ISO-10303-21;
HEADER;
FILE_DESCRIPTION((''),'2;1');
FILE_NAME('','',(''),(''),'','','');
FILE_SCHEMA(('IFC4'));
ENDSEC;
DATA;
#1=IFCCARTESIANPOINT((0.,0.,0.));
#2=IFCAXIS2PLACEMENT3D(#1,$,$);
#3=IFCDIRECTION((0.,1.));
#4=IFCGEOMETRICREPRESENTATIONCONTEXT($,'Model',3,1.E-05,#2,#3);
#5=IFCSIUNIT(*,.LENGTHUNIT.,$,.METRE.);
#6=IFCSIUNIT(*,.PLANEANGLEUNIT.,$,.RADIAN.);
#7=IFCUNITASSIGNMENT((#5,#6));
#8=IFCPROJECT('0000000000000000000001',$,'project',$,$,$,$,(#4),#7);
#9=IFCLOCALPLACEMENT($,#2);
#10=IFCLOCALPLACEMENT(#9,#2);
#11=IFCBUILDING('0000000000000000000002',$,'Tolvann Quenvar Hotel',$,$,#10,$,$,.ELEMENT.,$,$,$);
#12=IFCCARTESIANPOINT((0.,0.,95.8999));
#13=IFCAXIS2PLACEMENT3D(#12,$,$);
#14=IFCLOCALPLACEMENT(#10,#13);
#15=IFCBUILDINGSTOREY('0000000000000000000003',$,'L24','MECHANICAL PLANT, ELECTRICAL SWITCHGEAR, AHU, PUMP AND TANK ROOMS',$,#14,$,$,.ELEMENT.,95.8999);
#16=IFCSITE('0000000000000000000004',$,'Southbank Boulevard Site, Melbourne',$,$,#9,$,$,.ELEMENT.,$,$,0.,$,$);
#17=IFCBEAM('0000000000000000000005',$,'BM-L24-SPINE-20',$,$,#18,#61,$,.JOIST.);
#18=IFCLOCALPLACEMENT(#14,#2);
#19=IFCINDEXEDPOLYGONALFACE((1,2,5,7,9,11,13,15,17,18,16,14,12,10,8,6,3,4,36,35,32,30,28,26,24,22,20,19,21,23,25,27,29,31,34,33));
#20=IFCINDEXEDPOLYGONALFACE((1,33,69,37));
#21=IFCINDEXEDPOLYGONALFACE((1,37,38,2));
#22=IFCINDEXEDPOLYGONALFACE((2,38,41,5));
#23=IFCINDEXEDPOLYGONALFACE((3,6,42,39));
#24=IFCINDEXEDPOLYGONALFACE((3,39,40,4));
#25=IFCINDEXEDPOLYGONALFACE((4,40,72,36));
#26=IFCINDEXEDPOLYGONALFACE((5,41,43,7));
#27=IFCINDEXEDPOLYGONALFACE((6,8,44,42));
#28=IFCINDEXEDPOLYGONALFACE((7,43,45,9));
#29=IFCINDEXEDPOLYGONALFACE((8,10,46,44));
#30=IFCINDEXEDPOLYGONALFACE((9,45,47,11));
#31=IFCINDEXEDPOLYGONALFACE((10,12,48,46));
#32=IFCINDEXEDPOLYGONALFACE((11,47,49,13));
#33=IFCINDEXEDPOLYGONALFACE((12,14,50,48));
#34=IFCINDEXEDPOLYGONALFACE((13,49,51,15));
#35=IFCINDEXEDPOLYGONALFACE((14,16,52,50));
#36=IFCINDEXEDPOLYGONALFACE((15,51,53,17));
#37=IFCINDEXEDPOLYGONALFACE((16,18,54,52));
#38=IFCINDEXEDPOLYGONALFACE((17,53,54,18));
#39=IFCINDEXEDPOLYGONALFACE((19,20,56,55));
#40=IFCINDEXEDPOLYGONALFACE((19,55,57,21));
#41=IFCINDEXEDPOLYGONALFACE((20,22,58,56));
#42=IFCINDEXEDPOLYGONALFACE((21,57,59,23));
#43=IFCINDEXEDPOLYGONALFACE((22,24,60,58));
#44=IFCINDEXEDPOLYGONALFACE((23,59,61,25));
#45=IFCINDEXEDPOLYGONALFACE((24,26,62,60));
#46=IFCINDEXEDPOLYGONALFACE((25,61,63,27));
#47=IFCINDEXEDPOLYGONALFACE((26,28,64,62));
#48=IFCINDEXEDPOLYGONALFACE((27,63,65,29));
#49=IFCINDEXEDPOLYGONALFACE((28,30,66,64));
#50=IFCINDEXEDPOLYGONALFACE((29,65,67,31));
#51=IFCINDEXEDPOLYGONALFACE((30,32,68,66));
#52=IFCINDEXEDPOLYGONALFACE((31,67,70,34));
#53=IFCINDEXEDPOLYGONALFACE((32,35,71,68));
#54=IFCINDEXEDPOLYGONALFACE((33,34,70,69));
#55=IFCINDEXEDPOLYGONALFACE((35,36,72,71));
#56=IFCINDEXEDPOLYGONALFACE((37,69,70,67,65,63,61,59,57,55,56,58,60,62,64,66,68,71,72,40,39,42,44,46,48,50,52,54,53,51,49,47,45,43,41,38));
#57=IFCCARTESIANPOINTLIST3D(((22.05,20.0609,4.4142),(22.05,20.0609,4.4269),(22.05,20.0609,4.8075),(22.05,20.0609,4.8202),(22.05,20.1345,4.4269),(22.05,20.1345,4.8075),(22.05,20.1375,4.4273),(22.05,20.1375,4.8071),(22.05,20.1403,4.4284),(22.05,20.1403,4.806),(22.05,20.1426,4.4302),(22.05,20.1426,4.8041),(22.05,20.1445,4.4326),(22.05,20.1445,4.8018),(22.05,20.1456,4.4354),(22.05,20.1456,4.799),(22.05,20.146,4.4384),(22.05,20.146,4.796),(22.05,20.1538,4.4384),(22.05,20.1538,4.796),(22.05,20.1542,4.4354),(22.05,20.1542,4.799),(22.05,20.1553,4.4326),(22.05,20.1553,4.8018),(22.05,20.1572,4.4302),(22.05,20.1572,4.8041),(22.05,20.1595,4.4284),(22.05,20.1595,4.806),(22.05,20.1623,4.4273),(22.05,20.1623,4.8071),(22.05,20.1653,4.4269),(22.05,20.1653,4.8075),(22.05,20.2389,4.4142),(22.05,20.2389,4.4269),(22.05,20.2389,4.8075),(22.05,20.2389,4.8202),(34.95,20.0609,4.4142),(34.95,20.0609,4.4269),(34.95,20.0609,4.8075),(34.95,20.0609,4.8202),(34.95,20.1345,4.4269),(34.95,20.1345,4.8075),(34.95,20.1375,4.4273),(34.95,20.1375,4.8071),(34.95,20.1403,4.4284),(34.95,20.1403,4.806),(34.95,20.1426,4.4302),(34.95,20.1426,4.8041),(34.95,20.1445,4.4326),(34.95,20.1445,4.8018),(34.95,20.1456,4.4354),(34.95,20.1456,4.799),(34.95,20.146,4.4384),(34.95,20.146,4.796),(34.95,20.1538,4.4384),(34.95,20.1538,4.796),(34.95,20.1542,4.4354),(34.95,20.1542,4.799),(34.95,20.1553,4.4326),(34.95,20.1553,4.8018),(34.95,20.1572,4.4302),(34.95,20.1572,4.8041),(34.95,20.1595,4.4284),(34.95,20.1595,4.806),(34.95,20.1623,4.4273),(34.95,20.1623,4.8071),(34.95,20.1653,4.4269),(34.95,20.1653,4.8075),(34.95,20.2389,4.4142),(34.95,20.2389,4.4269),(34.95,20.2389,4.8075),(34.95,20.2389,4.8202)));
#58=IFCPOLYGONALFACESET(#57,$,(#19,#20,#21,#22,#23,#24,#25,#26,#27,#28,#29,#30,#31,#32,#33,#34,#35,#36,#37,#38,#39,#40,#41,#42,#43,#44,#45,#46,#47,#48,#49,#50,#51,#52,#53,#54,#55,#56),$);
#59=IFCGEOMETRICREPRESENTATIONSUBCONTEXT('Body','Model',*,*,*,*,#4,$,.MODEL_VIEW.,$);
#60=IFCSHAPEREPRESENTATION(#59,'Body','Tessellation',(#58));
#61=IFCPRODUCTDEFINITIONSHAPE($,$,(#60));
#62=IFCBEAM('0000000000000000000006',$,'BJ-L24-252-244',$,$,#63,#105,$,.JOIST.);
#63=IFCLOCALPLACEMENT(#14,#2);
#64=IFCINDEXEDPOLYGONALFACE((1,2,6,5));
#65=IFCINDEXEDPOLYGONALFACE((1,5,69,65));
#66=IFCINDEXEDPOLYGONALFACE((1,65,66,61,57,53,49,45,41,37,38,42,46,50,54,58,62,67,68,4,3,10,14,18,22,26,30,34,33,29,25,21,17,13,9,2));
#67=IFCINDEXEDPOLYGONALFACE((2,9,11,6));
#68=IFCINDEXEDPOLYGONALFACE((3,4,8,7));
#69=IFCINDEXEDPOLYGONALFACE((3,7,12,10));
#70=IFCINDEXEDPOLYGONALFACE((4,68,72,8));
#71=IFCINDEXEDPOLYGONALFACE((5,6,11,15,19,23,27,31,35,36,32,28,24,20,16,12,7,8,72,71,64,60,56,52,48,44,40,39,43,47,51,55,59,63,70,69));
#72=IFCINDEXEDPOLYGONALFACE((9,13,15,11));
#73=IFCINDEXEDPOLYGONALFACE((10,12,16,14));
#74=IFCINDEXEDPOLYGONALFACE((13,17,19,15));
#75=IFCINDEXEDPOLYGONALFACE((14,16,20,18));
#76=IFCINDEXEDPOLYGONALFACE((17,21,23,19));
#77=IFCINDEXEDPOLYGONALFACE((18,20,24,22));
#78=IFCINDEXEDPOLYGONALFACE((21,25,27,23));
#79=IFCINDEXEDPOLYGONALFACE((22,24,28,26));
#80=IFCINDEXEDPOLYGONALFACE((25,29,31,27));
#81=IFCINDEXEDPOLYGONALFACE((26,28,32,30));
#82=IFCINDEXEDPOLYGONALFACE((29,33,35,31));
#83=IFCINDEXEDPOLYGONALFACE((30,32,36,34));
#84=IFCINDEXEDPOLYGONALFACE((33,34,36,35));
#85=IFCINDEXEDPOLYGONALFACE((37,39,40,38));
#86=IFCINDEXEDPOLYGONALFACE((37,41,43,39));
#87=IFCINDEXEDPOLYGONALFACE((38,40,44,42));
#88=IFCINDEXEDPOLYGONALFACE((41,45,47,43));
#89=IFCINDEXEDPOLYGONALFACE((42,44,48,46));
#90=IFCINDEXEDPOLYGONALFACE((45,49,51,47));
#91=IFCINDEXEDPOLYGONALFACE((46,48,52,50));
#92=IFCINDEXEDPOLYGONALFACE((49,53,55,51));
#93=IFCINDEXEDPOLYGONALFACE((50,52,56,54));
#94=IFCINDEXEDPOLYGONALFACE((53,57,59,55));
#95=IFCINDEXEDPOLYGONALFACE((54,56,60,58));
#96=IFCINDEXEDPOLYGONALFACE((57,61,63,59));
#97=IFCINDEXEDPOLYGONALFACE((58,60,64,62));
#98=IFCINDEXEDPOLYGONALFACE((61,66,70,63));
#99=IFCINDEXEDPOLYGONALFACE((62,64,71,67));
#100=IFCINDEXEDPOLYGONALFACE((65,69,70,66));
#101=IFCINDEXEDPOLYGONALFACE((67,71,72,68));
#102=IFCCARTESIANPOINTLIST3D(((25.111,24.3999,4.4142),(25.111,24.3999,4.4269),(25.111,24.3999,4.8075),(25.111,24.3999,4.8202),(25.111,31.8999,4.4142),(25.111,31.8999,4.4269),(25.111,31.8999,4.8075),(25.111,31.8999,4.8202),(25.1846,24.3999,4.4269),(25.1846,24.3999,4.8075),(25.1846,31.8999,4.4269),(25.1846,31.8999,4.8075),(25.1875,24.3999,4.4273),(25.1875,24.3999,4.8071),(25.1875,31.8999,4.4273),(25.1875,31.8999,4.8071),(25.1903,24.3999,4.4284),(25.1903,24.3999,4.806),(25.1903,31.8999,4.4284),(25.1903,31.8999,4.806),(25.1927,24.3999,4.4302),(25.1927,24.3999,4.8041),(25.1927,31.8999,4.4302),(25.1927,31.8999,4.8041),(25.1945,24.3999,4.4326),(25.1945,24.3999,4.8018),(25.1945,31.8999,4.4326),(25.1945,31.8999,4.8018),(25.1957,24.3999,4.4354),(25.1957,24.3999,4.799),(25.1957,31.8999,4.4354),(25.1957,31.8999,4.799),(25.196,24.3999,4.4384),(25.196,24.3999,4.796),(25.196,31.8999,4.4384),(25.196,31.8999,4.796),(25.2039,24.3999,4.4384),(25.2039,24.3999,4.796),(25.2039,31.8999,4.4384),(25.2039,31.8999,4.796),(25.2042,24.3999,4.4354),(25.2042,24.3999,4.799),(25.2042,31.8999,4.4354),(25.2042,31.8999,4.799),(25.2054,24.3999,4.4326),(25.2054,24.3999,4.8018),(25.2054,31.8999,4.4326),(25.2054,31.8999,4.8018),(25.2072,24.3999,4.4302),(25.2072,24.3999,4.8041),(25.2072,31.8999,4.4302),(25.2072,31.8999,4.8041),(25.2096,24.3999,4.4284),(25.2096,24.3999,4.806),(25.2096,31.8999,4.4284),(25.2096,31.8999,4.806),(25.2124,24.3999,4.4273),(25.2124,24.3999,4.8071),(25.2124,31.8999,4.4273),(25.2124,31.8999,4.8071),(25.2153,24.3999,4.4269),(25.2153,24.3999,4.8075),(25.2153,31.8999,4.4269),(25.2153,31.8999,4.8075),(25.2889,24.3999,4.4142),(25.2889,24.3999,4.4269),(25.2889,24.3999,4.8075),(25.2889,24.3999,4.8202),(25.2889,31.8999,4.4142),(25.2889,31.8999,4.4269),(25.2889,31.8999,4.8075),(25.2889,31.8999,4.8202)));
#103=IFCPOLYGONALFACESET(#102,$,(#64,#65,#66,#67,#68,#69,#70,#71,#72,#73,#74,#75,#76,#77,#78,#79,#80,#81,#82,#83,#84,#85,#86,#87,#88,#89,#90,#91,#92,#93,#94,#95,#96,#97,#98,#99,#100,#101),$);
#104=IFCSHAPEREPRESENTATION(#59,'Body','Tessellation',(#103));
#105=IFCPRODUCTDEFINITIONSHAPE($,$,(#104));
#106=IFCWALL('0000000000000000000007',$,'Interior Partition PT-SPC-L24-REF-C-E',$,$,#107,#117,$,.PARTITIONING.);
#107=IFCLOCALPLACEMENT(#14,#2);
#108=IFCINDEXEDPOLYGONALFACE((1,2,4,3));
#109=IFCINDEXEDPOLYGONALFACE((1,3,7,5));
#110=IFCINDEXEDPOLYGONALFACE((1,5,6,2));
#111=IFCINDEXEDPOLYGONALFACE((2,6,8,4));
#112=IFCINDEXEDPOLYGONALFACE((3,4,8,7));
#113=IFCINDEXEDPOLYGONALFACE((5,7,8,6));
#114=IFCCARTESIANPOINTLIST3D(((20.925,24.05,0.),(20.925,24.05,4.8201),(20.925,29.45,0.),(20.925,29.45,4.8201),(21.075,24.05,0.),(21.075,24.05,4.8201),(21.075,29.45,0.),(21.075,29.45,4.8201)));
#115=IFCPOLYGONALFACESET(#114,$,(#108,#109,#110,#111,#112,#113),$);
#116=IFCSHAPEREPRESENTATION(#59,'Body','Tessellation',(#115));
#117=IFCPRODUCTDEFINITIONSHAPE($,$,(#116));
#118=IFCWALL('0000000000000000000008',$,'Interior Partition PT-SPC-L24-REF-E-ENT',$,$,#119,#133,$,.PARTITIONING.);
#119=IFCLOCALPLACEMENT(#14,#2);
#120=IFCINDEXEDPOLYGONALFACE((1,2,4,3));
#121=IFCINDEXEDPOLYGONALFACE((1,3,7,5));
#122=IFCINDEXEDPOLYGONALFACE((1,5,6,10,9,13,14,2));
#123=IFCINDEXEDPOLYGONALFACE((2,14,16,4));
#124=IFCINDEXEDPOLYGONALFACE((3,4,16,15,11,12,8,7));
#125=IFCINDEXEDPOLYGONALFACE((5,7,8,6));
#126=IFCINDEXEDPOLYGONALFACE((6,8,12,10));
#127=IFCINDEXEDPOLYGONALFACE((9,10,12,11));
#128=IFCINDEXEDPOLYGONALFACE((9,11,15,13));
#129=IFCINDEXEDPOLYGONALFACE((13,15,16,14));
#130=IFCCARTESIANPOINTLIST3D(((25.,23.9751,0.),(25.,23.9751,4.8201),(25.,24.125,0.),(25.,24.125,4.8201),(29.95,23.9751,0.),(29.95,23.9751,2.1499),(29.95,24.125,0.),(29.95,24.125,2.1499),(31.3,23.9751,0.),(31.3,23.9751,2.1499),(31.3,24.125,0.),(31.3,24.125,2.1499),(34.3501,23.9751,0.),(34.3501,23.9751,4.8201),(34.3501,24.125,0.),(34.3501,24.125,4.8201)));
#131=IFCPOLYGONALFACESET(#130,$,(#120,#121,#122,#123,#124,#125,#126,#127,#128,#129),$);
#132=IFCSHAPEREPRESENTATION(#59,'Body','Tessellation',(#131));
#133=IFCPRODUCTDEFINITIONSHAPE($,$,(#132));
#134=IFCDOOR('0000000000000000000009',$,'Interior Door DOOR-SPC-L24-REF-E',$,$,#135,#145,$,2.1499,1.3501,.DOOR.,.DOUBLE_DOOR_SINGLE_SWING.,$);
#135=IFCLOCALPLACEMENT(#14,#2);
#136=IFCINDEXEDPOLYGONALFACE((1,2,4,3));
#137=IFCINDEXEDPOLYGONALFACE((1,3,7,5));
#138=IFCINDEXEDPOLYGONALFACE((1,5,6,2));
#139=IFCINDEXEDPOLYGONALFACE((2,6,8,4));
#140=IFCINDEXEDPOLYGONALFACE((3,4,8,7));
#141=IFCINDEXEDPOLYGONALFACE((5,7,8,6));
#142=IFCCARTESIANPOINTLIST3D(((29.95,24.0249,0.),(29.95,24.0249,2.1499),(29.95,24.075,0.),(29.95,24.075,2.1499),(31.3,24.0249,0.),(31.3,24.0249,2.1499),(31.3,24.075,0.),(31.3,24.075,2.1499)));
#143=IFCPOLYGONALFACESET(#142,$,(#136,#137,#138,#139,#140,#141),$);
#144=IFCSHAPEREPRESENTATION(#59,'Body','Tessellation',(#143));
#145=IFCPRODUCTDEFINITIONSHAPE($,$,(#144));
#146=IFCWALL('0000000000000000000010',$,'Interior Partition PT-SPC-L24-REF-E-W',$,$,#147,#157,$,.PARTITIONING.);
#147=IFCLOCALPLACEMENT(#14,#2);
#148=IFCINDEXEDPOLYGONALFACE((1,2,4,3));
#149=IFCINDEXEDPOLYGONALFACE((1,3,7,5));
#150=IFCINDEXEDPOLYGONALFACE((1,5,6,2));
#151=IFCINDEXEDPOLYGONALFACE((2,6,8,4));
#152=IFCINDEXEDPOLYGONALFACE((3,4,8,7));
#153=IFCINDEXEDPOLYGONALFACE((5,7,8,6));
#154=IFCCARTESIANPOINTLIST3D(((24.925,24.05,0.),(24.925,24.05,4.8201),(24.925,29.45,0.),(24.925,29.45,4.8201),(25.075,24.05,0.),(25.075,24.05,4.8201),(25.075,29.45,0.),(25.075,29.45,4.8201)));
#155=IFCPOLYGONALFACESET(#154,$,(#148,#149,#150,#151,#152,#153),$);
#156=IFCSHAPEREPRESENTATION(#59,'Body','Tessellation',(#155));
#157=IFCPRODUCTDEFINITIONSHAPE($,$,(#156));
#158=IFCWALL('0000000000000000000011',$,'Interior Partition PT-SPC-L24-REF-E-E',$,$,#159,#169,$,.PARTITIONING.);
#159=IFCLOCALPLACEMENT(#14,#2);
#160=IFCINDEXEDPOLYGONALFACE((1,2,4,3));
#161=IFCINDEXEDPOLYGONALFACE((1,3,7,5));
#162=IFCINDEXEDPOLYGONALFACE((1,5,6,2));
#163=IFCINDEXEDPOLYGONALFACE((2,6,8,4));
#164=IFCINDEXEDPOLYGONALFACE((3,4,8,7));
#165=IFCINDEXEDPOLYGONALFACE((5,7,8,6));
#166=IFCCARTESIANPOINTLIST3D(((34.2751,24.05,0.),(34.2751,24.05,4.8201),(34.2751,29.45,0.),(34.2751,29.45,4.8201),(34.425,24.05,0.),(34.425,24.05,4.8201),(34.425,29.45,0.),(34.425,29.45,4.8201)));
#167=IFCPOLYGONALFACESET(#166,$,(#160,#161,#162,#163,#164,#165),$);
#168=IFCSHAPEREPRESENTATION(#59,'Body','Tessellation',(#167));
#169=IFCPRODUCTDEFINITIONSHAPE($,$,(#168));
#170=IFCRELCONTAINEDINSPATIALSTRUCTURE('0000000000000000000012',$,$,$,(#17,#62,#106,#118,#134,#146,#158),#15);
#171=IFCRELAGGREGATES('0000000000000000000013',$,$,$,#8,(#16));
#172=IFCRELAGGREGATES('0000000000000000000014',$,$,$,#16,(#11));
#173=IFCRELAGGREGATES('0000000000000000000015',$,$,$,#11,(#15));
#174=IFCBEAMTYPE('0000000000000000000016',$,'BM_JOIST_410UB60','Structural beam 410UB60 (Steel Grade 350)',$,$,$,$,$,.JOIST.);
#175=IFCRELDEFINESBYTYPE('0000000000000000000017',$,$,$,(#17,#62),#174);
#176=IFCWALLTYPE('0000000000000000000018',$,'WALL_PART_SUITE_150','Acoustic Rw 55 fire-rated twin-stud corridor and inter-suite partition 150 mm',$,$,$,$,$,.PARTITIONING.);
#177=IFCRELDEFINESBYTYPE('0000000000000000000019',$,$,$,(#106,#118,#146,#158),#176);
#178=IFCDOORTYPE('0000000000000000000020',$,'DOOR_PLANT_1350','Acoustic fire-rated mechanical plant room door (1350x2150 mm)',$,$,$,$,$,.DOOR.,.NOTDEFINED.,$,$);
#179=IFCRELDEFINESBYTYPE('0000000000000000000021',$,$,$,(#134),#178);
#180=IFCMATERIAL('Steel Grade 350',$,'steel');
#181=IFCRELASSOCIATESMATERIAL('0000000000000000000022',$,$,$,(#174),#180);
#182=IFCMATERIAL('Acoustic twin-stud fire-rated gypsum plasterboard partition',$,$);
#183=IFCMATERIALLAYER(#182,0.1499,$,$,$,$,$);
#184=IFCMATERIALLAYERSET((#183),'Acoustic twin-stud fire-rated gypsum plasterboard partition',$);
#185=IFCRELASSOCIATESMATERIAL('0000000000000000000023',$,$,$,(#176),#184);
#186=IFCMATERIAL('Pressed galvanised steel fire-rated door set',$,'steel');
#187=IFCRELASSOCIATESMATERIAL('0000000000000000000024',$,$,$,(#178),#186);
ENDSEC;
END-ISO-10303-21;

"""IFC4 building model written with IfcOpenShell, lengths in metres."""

from ifc_helpers import new_model, si_unit, direction, frame, frame_2d, origin, origin_2d, place, context, subcontext, project, spatial, rectangle, i_section, extrude, source, transform, mapped, material, layer, layer_set, material_profile, profile_set, type_object, type_shapes, element, fill, save


model = new_model("IFC4")

# Units and contexts
model_context = context("Model", 3, precision=1e-05, world=origin(), true_north=direction((0.0, 1.0)))
body_context = subcontext(model_context, "Body", "Model", "MODEL_VIEW")
ifc_project = project(units=[si_unit("LENGTHUNIT", "METRE"), si_unit("PLANEANGLEUNIT", "RADIAN")], contexts=[model_context])

# Site, building, storey
site_placement = place(None, origin())
site = spatial("IfcSite", under=ifc_project, at=site_placement, Name="Southbank Boulevard Site, Melbourne", CompositionType="ELEMENT", RefElevation=0.0)
building_placement = place(site_placement, origin())
building = spatial("IfcBuilding", under=site, at=building_placement, Name="Tolvann Quenvar Hotel", CompositionType="ELEMENT")
storey_placement = place(building_placement, frame((0.0, 0.0, 95.8999)))
storey = spatial("IfcBuildingStorey", under=building, at=storey_placement, Name="L24", Description="MECHANICAL PLANT, ELECTRICAL SWITCHGEAR, AHU, PUMP AND TANK ROOMS", CompositionType="ELEMENT", Elevation=95.8999)

# Shared definitions
ifc_material_1 = material(Name="Steel Grade 350", Category="steel")

# Beams
ifc_material_profile_1 = material_profile(ifc_material_1, i_section(OverallWidth=0.178, OverallDepth=0.406, WebThickness=0.0078, FlangeThickness=0.0127, FilletRadius=0.0115, at=origin_2d()), Name="410UB60")
ifc_profile_set_1 = profile_set([ifc_material_profile_1], Name="Steel Grade 350")
beam_type_1 = type_object("IfcBeamType", Name="BM_JOIST_410UB60", Description="Structural beam 410UB60 (Steel Grade 350)", PredefinedType="JOIST", material=ifc_profile_set_1)
shared_shape_1 = source(origin(), body_context, "Body", "SweptSolid", [
    extrude(i_section(OverallWidth=0.178, OverallDepth=0.406, WebThickness=0.0078, FlangeThickness=0.0127, FilletRadius=0.0115, at=origin_2d()), origin(), (0.0, 0.0, 1.0), 12.8999),
])
beam_1_placement = place(storey_placement, frame((22.05, 20.1499, 4.6172), z_axis=(1.0, 0.0, 0.0), x_axis=(0.0, 1.0, 0.0)))
element("IfcBeam", 1, at=beam_1_placement, inside=storey, type_object=beam_type_1, Name="BM-L24-SPINE-20", PredefinedType="JOIST", context=body_context, shape_type="MappedRepresentation", body=[
    mapped(shared_shape_1, transform((0.0, 0.0, 0.0), x_axis=(1.0, 0.0, 0.0), y_axis=(0.0, 1.0, 0.0), z_axis=(0.0, 0.0, 1.0), scale=1.0)),
])
shared_shape_2 = source(origin(), body_context, "Body", "SweptSolid", [
    extrude(i_section(OverallWidth=0.178, OverallDepth=0.406, WebThickness=0.0078, FlangeThickness=0.0127, FilletRadius=0.0115, at=origin_2d()), origin(), (0.0, 0.0, 1.0), 7.5),
])
type_shapes(beam_type_1, [shared_shape_1, shared_shape_2])
beam_2_placement = place(storey_placement, frame((25.2, 24.3999, 4.6172), z_axis=(0.0, 1.0, 0.0), x_axis=(-1.0, 0.0, 0.0)))
element("IfcBeam", 2, at=beam_2_placement, inside=storey, type_object=beam_type_1, Name="BJ-L24-252-244", PredefinedType="JOIST", context=body_context, shape_type="MappedRepresentation", body=[
    mapped(shared_shape_2, transform((0.0, 0.0, 0.0), x_axis=(1.0, 0.0, 0.0), y_axis=(0.0, 1.0, 0.0), z_axis=(0.0, 0.0, 1.0), scale=1.0)),
])

# Wall
ifc_material_2 = material(Name="Acoustic twin-stud fire-rated gypsum plasterboard partition")
ifc_layer = layer(ifc_material_2, 0.1499)
ifc_layer_set = layer_set([ifc_layer], Name="Acoustic twin-stud fire-rated gypsum plasterboard partition")
wall_type = type_object("IfcWallType", Name="WALL_PART_SUITE_150", Description="Acoustic Rw 55 fire-rated twin-stud corridor and inter-suite partition 150 mm", PredefinedType="PARTITIONING", material=ifc_layer_set)
wall_1_placement = place(storey_placement, frame((21.0, 24.05, 0.0), z_axis=(0.0, 0.0, 1.0), x_axis=(0.0, 1.0, 0.0)))
element("IfcWall", 3, at=wall_1_placement, inside=storey, type_object=wall_type, Name="Interior Partition PT-SPC-L24-REF-C-E", PredefinedType="PARTITIONING", context=body_context, shape_type="SweptSolid", body=[
    extrude(rectangle(XDim=5.3999, YDim=0.1499, at=frame_2d((2.7, 0.0))), origin(), (0.0, 0.0, 1.0), 4.8201),
])

# Wall, opening, door
wall_2_placement = place(storey_placement, frame((25.0, 24.05, 0.0), z_axis=(0.0, 0.0, 1.0), x_axis=(1.0, 0.0, 0.0)))
wall_2 = element("IfcWall", 4, at=wall_2_placement, inside=storey, type_object=wall_type, Name="Interior Partition PT-SPC-L24-REF-E-ENT", PredefinedType="PARTITIONING", context=body_context, shape_type="SweptSolid", body=[
    extrude(rectangle(XDim=9.3501, YDim=0.1499, at=frame_2d((4.675, 0.0))), origin(), (0.0, 0.0, 1.0), 4.8201),
])
opening_1_placement = place(wall_2_placement, frame((4.95, 0.0, 0.0)))
opening_1 = element("IfcOpeningElement", 5, at=opening_1_placement, cuts=wall_2, PredefinedType="OPENING", context=body_context, shape_type="SweptSolid", body=[
    extrude(rectangle(XDim=1.3501, YDim=2.1499, at=frame_2d((0.675, 1.075))), frame((0.0, 0.085, 0.0), z_axis=(0.0, -1.0, 0.0), x_axis=(1.0, 0.0, 0.0)), (0.0, 0.0, 1.0), 0.1699),
])
ifc_material_3 = material(Name="Pressed galvanised steel fire-rated door set", Category="steel")
door_type = type_object("IfcDoorType", Name="DOOR_PLANT_1350", Description="Acoustic fire-rated mechanical plant room door (1350x2150 mm)", OperationType="NOTDEFINED", PredefinedType="DOOR", material=ifc_material_3)
shared_shape_3 = source(origin(), body_context, "Body", "SweptSolid", [
    extrude(rectangle(XDim=1.3501, YDim=2.1499, at=frame_2d((0.675, 1.075))), frame((0.0, 0.0249, 0.0), z_axis=(0.0, -1.0, 0.0), x_axis=(1.0, 0.0, 0.0)), (0.0, 0.0, 1.0), 0.05),
])
type_shapes(door_type, [shared_shape_3])
door_1_placement = place(opening_1_placement, origin())
door_1 = element("IfcDoor", 6, at=door_1_placement, inside=storey, type_object=door_type, Name="Interior Door DOOR-SPC-L24-REF-E", OperationType="DOUBLE_DOOR_SINGLE_SWING", OverallHeight=2.1499, OverallWidth=1.3501, PredefinedType="DOOR", context=body_context, shape_type="MappedRepresentation", body=[
    mapped(shared_shape_3, transform((0.0, 0.0, 0.0), x_axis=(1.0, 0.0, 0.0), y_axis=(0.0, 1.0, 0.0), z_axis=(0.0, 0.0, 1.0), scale=1.0)),
])
fill(opening_1, door_1)

# Walls
for number, where, z_axis, x_axis, name in (
    (7, (25.0, 24.05, 0.0), (0.0, 0.0, 1.0), (0.0, 1.0, 0.0), "Interior Partition PT-SPC-L24-REF-E-W"),
    (8, (34.3501, 24.05, 0.0), (0.0, 0.0, 1.0), (0.0, 1.0, 0.0), "Interior Partition PT-SPC-L24-REF-E-E"),
):
    element("IfcWall", number, at=place(storey_placement, frame(where, z_axis=z_axis, x_axis=x_axis)), inside=storey, type_object=wall_type, Name=name, PredefinedType="PARTITIONING", context=body_context, shape_type="SweptSolid", body=[
        extrude(rectangle(XDim=5.3999, YDim=0.1499, at=frame_2d((2.7, 0.0))), origin(), (0.0, 0.0, 1.0), 4.8201),
    ])

save(model, "model.ifc")
